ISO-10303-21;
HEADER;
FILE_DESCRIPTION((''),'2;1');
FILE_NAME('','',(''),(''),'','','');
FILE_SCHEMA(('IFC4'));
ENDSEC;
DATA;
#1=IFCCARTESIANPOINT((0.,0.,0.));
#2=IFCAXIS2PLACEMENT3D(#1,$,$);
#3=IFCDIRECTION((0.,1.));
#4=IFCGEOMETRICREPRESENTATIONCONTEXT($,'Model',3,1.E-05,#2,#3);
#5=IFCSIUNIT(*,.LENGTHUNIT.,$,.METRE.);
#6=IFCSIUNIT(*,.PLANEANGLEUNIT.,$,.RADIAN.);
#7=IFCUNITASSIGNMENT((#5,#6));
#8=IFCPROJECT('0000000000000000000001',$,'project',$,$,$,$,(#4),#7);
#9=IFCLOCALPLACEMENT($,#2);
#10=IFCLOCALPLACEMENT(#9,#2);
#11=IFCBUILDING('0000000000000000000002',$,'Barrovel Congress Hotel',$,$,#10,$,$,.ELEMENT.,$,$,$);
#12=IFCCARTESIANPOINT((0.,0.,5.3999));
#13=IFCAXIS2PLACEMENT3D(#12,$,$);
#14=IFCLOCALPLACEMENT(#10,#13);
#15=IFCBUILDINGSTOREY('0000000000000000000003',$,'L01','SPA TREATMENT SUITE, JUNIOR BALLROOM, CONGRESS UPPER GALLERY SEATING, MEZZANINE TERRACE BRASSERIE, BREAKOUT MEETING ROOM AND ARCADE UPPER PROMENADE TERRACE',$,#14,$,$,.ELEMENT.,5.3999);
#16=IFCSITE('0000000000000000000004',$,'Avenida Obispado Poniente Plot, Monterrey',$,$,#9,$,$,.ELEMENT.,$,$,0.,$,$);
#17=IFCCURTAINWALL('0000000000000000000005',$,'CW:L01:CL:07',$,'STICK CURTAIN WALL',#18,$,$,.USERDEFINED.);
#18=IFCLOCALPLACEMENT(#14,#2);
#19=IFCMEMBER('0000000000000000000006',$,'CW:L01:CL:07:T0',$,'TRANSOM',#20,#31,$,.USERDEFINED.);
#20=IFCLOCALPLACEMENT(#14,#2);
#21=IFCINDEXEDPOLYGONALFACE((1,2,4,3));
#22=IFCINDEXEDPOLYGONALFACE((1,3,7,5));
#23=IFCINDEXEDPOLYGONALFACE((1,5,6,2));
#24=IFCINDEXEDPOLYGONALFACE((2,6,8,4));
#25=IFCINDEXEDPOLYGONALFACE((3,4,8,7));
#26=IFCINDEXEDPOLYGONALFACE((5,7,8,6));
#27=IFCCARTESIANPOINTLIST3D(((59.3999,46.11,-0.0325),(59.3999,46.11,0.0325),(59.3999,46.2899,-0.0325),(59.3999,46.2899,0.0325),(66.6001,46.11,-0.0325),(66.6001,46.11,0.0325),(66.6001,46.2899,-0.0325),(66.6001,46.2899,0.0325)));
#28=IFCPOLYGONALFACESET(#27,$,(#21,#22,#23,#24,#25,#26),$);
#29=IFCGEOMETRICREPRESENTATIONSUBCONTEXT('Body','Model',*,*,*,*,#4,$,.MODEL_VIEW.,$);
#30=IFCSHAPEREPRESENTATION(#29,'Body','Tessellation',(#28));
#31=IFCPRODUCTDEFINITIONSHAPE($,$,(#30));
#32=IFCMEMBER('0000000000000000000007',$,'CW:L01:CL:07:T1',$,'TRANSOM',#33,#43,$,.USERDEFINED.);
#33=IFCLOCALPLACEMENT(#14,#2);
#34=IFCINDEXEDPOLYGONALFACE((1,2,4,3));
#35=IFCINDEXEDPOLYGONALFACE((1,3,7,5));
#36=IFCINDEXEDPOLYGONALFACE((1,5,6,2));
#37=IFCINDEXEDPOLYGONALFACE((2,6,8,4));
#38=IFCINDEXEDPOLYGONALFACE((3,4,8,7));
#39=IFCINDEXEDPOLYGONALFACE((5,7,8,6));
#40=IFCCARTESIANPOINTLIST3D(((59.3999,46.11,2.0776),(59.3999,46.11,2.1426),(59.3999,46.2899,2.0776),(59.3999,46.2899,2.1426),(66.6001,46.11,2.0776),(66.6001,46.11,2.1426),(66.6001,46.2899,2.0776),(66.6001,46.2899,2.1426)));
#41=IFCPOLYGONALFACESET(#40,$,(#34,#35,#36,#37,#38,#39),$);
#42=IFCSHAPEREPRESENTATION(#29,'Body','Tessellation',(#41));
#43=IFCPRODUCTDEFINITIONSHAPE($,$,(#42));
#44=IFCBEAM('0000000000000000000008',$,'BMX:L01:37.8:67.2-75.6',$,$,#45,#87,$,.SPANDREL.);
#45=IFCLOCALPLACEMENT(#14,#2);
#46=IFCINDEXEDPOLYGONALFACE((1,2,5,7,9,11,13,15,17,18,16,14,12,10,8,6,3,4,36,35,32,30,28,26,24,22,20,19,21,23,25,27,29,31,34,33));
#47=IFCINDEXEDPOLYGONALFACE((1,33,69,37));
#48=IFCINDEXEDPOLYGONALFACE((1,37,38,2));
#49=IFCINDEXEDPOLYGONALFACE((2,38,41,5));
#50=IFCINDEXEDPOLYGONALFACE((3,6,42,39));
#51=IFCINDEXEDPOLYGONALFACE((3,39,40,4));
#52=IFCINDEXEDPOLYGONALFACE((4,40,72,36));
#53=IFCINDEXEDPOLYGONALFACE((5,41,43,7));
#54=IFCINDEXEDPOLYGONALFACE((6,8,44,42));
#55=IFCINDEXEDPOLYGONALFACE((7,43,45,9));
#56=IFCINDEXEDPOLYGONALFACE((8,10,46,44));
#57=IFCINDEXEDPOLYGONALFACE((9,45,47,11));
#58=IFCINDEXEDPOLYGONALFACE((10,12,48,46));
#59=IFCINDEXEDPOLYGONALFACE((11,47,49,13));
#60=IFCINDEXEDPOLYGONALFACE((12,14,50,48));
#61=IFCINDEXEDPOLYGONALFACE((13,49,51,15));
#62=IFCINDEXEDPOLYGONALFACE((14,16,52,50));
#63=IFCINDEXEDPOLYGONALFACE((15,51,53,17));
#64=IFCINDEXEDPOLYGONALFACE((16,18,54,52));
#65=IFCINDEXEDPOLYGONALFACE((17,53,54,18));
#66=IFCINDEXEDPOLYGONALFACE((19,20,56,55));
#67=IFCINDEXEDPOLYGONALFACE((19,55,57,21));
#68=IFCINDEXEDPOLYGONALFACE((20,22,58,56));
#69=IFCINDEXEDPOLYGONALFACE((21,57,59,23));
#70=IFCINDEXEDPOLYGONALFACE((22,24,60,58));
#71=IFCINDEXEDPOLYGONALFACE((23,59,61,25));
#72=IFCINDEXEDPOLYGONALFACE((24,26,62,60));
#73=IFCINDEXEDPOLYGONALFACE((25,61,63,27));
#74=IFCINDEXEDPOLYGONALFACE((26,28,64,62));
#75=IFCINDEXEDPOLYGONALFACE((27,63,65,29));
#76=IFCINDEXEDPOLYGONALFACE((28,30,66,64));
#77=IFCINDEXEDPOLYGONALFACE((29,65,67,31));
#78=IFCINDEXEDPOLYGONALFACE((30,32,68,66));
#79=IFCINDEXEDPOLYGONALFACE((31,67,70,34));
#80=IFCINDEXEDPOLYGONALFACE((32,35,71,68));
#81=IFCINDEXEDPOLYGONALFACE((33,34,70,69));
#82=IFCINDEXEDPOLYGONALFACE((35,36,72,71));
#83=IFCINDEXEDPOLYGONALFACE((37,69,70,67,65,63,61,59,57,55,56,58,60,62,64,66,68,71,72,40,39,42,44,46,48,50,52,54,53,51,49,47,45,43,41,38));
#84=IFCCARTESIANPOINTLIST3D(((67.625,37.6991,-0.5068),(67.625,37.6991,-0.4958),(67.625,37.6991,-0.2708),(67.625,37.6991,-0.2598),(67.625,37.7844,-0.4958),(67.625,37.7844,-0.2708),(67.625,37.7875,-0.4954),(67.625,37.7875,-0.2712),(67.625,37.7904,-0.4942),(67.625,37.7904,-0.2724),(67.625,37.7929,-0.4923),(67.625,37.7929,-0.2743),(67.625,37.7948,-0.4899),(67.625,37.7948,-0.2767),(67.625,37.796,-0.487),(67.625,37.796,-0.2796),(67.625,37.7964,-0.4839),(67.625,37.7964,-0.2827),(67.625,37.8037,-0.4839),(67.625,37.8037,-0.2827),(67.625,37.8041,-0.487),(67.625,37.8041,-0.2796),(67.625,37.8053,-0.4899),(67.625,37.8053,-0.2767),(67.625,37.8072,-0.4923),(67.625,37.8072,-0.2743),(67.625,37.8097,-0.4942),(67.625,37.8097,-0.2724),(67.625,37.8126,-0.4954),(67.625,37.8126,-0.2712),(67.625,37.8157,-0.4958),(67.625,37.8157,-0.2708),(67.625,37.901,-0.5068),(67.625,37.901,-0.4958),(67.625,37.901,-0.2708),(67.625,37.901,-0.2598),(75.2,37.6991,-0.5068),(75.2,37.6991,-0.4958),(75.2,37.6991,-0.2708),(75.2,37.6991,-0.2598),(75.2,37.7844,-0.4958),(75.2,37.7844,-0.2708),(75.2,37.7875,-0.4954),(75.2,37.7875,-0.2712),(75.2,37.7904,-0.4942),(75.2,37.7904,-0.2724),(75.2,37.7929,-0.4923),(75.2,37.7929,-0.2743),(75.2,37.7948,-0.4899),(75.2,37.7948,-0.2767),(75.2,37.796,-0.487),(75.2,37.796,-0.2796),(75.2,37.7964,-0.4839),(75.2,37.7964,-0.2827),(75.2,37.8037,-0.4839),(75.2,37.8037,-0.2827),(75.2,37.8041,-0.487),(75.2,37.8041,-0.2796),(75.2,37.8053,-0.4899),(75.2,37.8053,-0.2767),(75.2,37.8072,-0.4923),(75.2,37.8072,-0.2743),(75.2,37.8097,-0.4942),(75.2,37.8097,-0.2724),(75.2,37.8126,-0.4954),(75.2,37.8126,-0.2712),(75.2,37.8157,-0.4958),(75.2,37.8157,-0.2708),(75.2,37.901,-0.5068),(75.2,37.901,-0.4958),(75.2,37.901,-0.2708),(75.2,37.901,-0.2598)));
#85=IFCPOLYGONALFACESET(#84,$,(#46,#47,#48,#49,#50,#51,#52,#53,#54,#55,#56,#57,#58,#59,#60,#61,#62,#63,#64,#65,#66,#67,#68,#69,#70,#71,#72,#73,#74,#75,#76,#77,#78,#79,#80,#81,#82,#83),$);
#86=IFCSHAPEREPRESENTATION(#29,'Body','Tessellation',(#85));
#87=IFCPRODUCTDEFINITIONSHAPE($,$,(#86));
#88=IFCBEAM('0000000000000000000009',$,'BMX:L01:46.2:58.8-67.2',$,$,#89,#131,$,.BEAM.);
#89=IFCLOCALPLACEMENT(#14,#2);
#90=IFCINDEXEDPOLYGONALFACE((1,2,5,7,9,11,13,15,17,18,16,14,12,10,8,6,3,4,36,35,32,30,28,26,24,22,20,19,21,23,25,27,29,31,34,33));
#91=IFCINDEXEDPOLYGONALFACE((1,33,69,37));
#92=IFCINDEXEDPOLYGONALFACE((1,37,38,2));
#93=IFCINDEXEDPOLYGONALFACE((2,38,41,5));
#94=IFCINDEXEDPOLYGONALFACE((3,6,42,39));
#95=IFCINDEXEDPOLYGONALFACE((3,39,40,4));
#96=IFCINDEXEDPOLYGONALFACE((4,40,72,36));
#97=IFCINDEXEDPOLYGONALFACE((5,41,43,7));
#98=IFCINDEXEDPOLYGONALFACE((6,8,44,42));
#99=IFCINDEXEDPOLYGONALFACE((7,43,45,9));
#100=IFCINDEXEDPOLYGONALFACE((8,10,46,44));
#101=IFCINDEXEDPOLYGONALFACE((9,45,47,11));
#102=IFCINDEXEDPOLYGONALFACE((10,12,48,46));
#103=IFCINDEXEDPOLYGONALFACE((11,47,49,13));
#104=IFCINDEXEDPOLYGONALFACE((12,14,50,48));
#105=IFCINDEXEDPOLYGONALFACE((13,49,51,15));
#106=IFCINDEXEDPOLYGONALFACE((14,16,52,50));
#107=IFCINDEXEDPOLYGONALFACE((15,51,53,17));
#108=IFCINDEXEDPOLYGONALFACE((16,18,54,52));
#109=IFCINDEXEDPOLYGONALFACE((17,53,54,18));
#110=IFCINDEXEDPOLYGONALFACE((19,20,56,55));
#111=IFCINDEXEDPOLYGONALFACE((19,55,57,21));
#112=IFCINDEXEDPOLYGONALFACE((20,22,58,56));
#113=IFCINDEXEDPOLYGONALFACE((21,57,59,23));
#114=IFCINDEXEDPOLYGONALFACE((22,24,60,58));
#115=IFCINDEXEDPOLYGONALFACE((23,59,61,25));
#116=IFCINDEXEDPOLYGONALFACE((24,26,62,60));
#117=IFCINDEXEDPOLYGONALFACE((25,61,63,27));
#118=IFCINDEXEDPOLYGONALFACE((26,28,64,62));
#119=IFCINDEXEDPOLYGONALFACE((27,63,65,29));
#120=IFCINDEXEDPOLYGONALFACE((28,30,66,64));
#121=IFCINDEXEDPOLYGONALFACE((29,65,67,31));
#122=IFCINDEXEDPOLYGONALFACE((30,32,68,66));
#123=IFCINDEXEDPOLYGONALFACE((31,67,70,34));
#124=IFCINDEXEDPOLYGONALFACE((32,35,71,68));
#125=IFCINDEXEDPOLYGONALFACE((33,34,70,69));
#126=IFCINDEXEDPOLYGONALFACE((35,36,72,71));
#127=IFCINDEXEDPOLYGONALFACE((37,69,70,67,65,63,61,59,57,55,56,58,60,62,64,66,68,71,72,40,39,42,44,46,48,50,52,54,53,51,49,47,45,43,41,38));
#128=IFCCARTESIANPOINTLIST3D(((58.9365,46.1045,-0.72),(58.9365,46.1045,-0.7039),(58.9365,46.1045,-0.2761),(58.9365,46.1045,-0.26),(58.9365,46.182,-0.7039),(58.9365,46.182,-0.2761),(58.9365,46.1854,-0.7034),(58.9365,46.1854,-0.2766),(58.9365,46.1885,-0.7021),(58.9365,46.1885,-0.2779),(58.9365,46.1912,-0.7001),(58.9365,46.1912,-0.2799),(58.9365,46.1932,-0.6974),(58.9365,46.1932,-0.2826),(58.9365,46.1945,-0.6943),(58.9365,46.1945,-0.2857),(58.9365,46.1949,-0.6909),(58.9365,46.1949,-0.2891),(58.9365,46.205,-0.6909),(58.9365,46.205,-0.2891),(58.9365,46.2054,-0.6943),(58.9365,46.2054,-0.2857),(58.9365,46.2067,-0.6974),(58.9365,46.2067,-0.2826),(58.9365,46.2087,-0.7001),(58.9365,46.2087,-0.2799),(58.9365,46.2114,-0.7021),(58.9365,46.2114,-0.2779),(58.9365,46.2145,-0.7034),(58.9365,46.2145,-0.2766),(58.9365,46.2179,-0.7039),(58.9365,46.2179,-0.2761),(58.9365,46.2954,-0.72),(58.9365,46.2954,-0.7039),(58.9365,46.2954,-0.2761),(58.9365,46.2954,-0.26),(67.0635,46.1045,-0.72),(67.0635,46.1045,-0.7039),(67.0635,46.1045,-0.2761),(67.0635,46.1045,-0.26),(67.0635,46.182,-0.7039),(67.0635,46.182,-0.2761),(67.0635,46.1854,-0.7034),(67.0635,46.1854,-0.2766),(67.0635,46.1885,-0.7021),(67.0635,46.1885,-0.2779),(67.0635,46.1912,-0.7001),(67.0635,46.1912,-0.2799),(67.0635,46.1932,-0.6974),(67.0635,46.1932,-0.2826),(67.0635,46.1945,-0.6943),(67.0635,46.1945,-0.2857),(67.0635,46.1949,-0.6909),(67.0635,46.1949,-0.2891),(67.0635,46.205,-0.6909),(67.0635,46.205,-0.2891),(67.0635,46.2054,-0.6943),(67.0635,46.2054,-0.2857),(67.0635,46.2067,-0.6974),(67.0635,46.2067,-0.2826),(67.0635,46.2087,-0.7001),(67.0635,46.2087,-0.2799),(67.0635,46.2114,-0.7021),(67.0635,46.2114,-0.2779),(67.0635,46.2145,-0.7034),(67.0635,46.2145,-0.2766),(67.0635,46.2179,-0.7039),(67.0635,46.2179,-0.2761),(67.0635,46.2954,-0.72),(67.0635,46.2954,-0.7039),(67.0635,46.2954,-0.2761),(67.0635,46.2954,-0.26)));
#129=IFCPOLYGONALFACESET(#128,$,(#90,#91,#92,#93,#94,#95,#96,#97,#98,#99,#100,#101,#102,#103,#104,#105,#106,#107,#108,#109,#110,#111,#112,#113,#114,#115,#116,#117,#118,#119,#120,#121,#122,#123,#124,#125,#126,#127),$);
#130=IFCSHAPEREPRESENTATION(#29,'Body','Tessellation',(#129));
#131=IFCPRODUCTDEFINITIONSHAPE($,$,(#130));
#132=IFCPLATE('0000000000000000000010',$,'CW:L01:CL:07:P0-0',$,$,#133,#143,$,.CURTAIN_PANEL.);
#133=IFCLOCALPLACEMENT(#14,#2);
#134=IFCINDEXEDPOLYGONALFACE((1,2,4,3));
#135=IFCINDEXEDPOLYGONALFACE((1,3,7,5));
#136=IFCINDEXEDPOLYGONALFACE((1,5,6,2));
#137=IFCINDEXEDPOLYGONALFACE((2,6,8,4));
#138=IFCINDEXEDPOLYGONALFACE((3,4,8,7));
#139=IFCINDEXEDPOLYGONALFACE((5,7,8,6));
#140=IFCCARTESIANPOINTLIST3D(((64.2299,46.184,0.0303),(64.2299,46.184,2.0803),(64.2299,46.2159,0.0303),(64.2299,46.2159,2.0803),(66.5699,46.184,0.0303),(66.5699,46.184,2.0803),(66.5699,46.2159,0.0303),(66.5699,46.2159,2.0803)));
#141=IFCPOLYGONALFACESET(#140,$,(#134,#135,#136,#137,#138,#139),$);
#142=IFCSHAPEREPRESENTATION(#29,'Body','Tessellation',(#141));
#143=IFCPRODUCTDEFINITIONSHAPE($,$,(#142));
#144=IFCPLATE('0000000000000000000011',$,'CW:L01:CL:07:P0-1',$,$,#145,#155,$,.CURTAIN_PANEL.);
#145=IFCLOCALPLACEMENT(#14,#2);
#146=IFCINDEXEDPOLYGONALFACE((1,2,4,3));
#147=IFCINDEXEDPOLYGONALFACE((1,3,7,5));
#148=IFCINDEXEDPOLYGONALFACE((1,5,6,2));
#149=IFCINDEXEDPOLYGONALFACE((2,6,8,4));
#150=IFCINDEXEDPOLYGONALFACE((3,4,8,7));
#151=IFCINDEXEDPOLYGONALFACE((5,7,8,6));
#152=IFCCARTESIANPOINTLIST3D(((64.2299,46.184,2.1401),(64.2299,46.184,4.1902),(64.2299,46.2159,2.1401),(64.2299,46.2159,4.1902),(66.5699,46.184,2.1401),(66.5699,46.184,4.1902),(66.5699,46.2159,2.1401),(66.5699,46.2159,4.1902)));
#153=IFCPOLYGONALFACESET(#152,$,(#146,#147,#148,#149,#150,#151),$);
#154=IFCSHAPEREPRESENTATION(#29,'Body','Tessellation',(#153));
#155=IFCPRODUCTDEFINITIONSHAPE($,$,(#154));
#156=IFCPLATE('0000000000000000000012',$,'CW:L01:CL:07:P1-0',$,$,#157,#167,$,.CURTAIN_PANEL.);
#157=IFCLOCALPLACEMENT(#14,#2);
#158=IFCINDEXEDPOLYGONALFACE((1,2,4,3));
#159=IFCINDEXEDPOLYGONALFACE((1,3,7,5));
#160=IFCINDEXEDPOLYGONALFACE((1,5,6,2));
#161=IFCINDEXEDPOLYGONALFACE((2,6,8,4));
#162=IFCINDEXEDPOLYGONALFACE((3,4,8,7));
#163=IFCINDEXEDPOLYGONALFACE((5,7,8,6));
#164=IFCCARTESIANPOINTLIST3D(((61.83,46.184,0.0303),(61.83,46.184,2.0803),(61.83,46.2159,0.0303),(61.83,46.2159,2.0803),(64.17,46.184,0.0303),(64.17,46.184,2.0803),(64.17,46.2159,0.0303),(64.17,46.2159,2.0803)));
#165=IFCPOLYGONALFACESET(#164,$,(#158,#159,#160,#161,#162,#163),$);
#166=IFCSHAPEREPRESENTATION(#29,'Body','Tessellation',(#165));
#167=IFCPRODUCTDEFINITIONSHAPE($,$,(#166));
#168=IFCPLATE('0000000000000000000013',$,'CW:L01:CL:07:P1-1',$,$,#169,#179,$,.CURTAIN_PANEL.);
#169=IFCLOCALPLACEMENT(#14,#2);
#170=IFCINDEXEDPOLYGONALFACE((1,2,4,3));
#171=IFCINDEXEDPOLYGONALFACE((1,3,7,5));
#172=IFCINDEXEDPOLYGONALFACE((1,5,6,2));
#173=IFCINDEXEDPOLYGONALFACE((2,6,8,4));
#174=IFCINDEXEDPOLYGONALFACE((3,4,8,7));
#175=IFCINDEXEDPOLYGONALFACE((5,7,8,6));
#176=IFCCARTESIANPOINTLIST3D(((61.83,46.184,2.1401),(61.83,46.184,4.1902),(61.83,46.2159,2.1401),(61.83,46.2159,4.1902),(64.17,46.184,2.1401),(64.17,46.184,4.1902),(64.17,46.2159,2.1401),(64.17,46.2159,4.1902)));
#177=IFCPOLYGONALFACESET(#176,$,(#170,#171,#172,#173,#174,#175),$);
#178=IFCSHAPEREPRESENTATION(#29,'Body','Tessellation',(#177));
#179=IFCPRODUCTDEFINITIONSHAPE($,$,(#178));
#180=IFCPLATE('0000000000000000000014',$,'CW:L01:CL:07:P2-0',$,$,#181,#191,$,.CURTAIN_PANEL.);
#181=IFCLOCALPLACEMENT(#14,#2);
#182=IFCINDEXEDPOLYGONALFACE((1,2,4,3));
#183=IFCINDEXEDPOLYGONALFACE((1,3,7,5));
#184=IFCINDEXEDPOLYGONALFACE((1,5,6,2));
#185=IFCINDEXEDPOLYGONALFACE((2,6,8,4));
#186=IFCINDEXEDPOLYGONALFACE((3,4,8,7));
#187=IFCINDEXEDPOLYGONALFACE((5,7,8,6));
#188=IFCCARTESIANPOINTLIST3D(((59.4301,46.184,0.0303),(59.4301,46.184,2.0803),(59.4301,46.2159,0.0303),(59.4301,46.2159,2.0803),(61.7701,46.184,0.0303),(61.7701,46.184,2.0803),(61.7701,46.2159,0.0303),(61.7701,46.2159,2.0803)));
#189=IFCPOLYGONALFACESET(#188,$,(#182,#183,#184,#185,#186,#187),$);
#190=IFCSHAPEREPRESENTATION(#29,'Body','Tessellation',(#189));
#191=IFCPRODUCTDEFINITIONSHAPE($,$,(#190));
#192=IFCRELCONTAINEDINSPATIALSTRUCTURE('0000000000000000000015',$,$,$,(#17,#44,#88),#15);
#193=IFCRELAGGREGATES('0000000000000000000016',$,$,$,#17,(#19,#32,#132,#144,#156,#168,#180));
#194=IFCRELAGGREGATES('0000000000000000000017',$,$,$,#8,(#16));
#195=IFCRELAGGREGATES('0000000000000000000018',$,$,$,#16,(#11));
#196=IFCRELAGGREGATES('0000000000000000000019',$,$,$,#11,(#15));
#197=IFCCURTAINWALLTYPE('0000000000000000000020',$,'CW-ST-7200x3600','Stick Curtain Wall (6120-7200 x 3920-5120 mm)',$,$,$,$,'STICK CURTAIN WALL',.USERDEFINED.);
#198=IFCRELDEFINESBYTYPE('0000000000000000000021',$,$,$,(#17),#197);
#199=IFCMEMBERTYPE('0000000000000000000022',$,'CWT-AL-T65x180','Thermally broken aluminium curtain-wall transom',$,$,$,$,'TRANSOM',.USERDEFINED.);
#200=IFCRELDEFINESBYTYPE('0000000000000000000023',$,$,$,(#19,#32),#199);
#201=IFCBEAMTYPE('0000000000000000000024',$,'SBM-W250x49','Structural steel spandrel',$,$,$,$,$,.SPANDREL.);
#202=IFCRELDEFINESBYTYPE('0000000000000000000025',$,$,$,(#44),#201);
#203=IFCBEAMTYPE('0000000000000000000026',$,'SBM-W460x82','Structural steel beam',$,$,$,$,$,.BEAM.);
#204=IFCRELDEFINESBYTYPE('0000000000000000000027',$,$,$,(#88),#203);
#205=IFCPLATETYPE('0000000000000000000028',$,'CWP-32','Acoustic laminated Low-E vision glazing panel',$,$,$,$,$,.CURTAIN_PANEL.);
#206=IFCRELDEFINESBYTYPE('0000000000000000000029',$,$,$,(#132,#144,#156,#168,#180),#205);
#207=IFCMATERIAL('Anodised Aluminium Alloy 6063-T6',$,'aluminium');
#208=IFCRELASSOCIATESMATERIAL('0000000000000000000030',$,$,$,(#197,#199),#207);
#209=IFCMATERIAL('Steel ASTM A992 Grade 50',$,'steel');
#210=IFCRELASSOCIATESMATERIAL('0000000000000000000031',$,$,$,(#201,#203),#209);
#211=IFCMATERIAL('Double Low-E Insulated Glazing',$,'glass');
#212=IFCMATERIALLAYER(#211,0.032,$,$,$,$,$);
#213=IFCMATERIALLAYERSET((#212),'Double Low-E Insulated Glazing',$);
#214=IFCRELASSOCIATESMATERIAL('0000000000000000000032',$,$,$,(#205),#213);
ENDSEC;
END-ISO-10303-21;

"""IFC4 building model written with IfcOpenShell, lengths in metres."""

from ifc_helpers import new_model, si_unit, direction, frame, origin, origin_2d, place, context, subcontext, project, spatial, rectangle, i_section, extrude, material, layer, layer_set, material_profile, profile_set, type_object, element, aggregate, save


model = new_model("IFC4")

# Units and contexts
model_context = context("Model", 3, precision=1e-05, world=origin(), true_north=direction((0.0, 1.0)))
body_context = subcontext(model_context, "Body", "Model", "MODEL_VIEW")
ifc_project = project(units=[si_unit("LENGTHUNIT", "METRE"), si_unit("PLANEANGLEUNIT", "RADIAN")], contexts=[model_context])

# Site, building, storey
site_placement = place(None, origin())
site = spatial("IfcSite", under=ifc_project, at=site_placement, Name="Avenida Obispado Poniente Plot, Monterrey", CompositionType="ELEMENT", RefElevation=0.0)
building_placement = place(site_placement, origin())
building = spatial("IfcBuilding", under=site, at=building_placement, Name="Barrovel Congress Hotel", CompositionType="ELEMENT")
storey_placement = place(building_placement, frame((0.0, 0.0, 5.3999)))
storey = spatial("IfcBuildingStorey", under=building, at=storey_placement, Name="L01", Description="SPA TREATMENT SUITE, JUNIOR BALLROOM, CONGRESS UPPER GALLERY SEATING, MEZZANINE TERRACE BRASSERIE, BREAKOUT MEETING ROOM AND ARCADE UPPER PROMENADE TERRACE", CompositionType="ELEMENT", Elevation=5.3999)

# Curtain wall, members
ifc_material_1 = material(Name="Anodised Aluminium Alloy 6063-T6", Category="aluminium")
curtain_wall_type = type_object("IfcCurtainWallType", Name="CW-ST-7200x3600", Description="Stick Curtain Wall (6120-7200 x 3920-5120 mm)", ElementType="STICK CURTAIN WALL", PredefinedType="USERDEFINED", material=ifc_material_1)
curtain_wall_placement = place(storey_placement, origin())
curtain_wall = element("IfcCurtainWall", 1, at=curtain_wall_placement, inside=storey, type_object=curtain_wall_type, Name="CW:L01:CL:07", ObjectType="STICK CURTAIN WALL", PredefinedType="USERDEFINED")
ifc_material_profile_1 = material_profile(ifc_material_1, rectangle(XDim=0.1799, YDim=0.0649, at=origin_2d()), Name="AL-T65x180")
ifc_profile_set_1 = profile_set([ifc_material_profile_1], Name="Anodised Aluminium Alloy 6063-T6")
member_type_1 = type_object("IfcMemberType", Name="CWT-AL-T65x180", Description="Thermally broken aluminium curtain-wall transom", ElementType="TRANSOM", PredefinedType="USERDEFINED", material=ifc_profile_set_1)
member_1_placement = place(storey_placement, frame((66.6001, 46.2, 0.0), z_axis=(-1.0, 0.0, 0.0), x_axis=(0.0, -1.0, 0.0)))
member_1 = element("IfcMember", 2, at=member_1_placement, type_object=member_type_1, Name="CW:L01:CL:07:T0", ObjectType="TRANSOM", PredefinedType="USERDEFINED", context=body_context, shape_type="SweptSolid", body=[
    extrude(rectangle(XDim=0.1799, YDim=0.0649, at=origin_2d()), origin(), (0.0, 0.0, 1.0), 7.2002),
])
member_2_placement = place(storey_placement, frame((66.6001, 46.2, 2.1101), z_axis=(-1.0, 0.0, 0.0), x_axis=(0.0, -1.0, 0.0)))
member_2 = element("IfcMember", 3, at=member_2_placement, type_object=member_type_1, Name="CW:L01:CL:07:T1", ObjectType="TRANSOM", PredefinedType="USERDEFINED", context=body_context, shape_type="SweptSolid", body=[
    extrude(rectangle(XDim=0.1799, YDim=0.0649, at=origin_2d()), origin(), (0.0, 0.0, 1.0), 7.2002),
])

# Beams
ifc_material_2 = material(Name="Steel ASTM A992 Grade 50", Category="steel")
ifc_material_profile_2 = material_profile(ifc_material_2, i_section(OverallWidth=0.2019, OverallDepth=0.2471, WebThickness=0.0073, FlangeThickness=0.011, FilletRadius=0.012, at=origin_2d()), Name="W250x49")
ifc_profile_set_2 = profile_set([ifc_material_profile_2], Name="Steel ASTM A992 Grade 50")
beam_type_1 = type_object("IfcBeamType", Name="SBM-W250x49", Description="Structural steel spandrel", PredefinedType="SPANDREL", material=ifc_profile_set_2)
beam_1_placement = place(storey_placement, frame((67.625, 37.8, -0.3833), z_axis=(1.0, 0.0, 0.0), x_axis=(0.0, 1.0, 0.0)))
element("IfcBeam", 4, at=beam_1_placement, inside=storey, type_object=beam_type_1, Name="BMX:L01:37.8:67.2-75.6", PredefinedType="SPANDREL", context=body_context, shape_type="SweptSolid", body=[
    extrude(i_section(OverallWidth=0.2019, OverallDepth=0.2471, WebThickness=0.0073, FlangeThickness=0.011, FilletRadius=0.012, at=origin_2d()), origin(), (0.0, 0.0, 1.0), 7.575),
])
ifc_material_profile_3 = material_profile(ifc_material_2, i_section(OverallWidth=0.1909, OverallDepth=0.46, WebThickness=0.01, FlangeThickness=0.0161, FilletRadius=0.0129, at=origin_2d()), Name="W460x82")
ifc_profile_set_3 = profile_set([ifc_material_profile_3], Name="Steel ASTM A992 Grade 50")
beam_type_2 = type_object("IfcBeamType", Name="SBM-W460x82", Description="Structural steel beam", PredefinedType="BEAM", material=ifc_profile_set_3)
beam_2_placement = place(storey_placement, frame((58.9365, 46.2, -0.49), z_axis=(1.0, 0.0, 0.0), x_axis=(0.0, 1.0, 0.0)))
element("IfcBeam", 5, at=beam_2_placement, inside=storey, type_object=beam_type_2, Name="BMX:L01:46.2:58.8-67.2", PredefinedType="BEAM", context=body_context, shape_type="SweptSolid", body=[
    extrude(i_section(OverallWidth=0.1909, OverallDepth=0.46, WebThickness=0.01, FlangeThickness=0.0161, FilletRadius=0.0129, at=origin_2d()), origin(), (0.0, 0.0, 1.0), 8.127),
])

# Plates
ifc_material_3 = material(Name="Double Low-E Insulated Glazing", Category="glass")
ifc_layer_1 = layer(ifc_material_3, 0.032)
ifc_layer_set_1 = layer_set([ifc_layer_1], Name="Double Low-E Insulated Glazing")
plate_type = type_object("IfcPlateType", Name="CWP-32", Description="Acoustic laminated Low-E vision glazing panel", PredefinedType="CURTAIN_PANEL", material=ifc_layer_set_1)
plate_1_placement = place(storey_placement, frame((65.3999, 46.2, 0.0303), z_axis=(0.0, 0.0, 1.0), x_axis=(-1.0, 0.0, 0.0)))
plate_1 = element("IfcPlate", 6, at=plate_1_placement, type_object=plate_type, Name="CW:L01:CL:07:P0-0", PredefinedType="CURTAIN_PANEL", context=body_context, shape_type="SweptSolid", body=[
    extrude(rectangle(XDim=2.3401, YDim=0.032, at=origin_2d()), origin(), (0.0, 0.0, 1.0), 2.05),
])
plate_2_placement = place(storey_placement, frame((65.3999, 46.2, 2.1401), z_axis=(0.0, 0.0, 1.0), x_axis=(-1.0, 0.0, 0.0)))
plate_2 = element("IfcPlate", 7, at=plate_2_placement, type_object=plate_type, Name="CW:L01:CL:07:P0-1", PredefinedType="CURTAIN_PANEL", context=body_context, shape_type="SweptSolid", body=[
    extrude(rectangle(XDim=2.3401, YDim=0.032, at=origin_2d()), origin(), (0.0, 0.0, 1.0), 2.05),
])
plate_3_placement = place(storey_placement, frame((63.0, 46.2, 0.0303), z_axis=(0.0, 0.0, 1.0), x_axis=(-1.0, 0.0, 0.0)))
plate_3 = element("IfcPlate", 8, at=plate_3_placement, type_object=plate_type, Name="CW:L01:CL:07:P1-0", PredefinedType="CURTAIN_PANEL", context=body_context, shape_type="SweptSolid", body=[
    extrude(rectangle(XDim=2.3401, YDim=0.032, at=origin_2d()), origin(), (0.0, 0.0, 1.0), 2.05),
])
plate_4_placement = place(storey_placement, frame((63.0, 46.2, 2.1401), z_axis=(0.0, 0.0, 1.0), x_axis=(-1.0, 0.0, 0.0)))
plate_4 = element("IfcPlate", 9, at=plate_4_placement, type_object=plate_type, Name="CW:L01:CL:07:P1-1", PredefinedType="CURTAIN_PANEL", context=body_context, shape_type="SweptSolid", body=[
    extrude(rectangle(XDim=2.3401, YDim=0.032, at=origin_2d()), origin(), (0.0, 0.0, 1.0), 2.05),
])
plate_5_placement = place(storey_placement, frame((60.6001, 46.2, 0.0303), z_axis=(0.0, 0.0, 1.0), x_axis=(-1.0, 0.0, 0.0)))
plate_5 = element("IfcPlate", 10, at=plate_5_placement, type_object=plate_type, Name="CW:L01:CL:07:P2-0", PredefinedType="CURTAIN_PANEL", context=body_context, shape_type="SweptSolid", body=[
    extrude(rectangle(XDim=2.3401, YDim=0.032, at=origin_2d()), origin(), (0.0, 0.0, 1.0), 2.05),
])
aggregate(curtain_wall, [member_1, member_2, plate_1, plate_2, plate_3, plate_4, plate_5])

save(model, "model.ifc")
